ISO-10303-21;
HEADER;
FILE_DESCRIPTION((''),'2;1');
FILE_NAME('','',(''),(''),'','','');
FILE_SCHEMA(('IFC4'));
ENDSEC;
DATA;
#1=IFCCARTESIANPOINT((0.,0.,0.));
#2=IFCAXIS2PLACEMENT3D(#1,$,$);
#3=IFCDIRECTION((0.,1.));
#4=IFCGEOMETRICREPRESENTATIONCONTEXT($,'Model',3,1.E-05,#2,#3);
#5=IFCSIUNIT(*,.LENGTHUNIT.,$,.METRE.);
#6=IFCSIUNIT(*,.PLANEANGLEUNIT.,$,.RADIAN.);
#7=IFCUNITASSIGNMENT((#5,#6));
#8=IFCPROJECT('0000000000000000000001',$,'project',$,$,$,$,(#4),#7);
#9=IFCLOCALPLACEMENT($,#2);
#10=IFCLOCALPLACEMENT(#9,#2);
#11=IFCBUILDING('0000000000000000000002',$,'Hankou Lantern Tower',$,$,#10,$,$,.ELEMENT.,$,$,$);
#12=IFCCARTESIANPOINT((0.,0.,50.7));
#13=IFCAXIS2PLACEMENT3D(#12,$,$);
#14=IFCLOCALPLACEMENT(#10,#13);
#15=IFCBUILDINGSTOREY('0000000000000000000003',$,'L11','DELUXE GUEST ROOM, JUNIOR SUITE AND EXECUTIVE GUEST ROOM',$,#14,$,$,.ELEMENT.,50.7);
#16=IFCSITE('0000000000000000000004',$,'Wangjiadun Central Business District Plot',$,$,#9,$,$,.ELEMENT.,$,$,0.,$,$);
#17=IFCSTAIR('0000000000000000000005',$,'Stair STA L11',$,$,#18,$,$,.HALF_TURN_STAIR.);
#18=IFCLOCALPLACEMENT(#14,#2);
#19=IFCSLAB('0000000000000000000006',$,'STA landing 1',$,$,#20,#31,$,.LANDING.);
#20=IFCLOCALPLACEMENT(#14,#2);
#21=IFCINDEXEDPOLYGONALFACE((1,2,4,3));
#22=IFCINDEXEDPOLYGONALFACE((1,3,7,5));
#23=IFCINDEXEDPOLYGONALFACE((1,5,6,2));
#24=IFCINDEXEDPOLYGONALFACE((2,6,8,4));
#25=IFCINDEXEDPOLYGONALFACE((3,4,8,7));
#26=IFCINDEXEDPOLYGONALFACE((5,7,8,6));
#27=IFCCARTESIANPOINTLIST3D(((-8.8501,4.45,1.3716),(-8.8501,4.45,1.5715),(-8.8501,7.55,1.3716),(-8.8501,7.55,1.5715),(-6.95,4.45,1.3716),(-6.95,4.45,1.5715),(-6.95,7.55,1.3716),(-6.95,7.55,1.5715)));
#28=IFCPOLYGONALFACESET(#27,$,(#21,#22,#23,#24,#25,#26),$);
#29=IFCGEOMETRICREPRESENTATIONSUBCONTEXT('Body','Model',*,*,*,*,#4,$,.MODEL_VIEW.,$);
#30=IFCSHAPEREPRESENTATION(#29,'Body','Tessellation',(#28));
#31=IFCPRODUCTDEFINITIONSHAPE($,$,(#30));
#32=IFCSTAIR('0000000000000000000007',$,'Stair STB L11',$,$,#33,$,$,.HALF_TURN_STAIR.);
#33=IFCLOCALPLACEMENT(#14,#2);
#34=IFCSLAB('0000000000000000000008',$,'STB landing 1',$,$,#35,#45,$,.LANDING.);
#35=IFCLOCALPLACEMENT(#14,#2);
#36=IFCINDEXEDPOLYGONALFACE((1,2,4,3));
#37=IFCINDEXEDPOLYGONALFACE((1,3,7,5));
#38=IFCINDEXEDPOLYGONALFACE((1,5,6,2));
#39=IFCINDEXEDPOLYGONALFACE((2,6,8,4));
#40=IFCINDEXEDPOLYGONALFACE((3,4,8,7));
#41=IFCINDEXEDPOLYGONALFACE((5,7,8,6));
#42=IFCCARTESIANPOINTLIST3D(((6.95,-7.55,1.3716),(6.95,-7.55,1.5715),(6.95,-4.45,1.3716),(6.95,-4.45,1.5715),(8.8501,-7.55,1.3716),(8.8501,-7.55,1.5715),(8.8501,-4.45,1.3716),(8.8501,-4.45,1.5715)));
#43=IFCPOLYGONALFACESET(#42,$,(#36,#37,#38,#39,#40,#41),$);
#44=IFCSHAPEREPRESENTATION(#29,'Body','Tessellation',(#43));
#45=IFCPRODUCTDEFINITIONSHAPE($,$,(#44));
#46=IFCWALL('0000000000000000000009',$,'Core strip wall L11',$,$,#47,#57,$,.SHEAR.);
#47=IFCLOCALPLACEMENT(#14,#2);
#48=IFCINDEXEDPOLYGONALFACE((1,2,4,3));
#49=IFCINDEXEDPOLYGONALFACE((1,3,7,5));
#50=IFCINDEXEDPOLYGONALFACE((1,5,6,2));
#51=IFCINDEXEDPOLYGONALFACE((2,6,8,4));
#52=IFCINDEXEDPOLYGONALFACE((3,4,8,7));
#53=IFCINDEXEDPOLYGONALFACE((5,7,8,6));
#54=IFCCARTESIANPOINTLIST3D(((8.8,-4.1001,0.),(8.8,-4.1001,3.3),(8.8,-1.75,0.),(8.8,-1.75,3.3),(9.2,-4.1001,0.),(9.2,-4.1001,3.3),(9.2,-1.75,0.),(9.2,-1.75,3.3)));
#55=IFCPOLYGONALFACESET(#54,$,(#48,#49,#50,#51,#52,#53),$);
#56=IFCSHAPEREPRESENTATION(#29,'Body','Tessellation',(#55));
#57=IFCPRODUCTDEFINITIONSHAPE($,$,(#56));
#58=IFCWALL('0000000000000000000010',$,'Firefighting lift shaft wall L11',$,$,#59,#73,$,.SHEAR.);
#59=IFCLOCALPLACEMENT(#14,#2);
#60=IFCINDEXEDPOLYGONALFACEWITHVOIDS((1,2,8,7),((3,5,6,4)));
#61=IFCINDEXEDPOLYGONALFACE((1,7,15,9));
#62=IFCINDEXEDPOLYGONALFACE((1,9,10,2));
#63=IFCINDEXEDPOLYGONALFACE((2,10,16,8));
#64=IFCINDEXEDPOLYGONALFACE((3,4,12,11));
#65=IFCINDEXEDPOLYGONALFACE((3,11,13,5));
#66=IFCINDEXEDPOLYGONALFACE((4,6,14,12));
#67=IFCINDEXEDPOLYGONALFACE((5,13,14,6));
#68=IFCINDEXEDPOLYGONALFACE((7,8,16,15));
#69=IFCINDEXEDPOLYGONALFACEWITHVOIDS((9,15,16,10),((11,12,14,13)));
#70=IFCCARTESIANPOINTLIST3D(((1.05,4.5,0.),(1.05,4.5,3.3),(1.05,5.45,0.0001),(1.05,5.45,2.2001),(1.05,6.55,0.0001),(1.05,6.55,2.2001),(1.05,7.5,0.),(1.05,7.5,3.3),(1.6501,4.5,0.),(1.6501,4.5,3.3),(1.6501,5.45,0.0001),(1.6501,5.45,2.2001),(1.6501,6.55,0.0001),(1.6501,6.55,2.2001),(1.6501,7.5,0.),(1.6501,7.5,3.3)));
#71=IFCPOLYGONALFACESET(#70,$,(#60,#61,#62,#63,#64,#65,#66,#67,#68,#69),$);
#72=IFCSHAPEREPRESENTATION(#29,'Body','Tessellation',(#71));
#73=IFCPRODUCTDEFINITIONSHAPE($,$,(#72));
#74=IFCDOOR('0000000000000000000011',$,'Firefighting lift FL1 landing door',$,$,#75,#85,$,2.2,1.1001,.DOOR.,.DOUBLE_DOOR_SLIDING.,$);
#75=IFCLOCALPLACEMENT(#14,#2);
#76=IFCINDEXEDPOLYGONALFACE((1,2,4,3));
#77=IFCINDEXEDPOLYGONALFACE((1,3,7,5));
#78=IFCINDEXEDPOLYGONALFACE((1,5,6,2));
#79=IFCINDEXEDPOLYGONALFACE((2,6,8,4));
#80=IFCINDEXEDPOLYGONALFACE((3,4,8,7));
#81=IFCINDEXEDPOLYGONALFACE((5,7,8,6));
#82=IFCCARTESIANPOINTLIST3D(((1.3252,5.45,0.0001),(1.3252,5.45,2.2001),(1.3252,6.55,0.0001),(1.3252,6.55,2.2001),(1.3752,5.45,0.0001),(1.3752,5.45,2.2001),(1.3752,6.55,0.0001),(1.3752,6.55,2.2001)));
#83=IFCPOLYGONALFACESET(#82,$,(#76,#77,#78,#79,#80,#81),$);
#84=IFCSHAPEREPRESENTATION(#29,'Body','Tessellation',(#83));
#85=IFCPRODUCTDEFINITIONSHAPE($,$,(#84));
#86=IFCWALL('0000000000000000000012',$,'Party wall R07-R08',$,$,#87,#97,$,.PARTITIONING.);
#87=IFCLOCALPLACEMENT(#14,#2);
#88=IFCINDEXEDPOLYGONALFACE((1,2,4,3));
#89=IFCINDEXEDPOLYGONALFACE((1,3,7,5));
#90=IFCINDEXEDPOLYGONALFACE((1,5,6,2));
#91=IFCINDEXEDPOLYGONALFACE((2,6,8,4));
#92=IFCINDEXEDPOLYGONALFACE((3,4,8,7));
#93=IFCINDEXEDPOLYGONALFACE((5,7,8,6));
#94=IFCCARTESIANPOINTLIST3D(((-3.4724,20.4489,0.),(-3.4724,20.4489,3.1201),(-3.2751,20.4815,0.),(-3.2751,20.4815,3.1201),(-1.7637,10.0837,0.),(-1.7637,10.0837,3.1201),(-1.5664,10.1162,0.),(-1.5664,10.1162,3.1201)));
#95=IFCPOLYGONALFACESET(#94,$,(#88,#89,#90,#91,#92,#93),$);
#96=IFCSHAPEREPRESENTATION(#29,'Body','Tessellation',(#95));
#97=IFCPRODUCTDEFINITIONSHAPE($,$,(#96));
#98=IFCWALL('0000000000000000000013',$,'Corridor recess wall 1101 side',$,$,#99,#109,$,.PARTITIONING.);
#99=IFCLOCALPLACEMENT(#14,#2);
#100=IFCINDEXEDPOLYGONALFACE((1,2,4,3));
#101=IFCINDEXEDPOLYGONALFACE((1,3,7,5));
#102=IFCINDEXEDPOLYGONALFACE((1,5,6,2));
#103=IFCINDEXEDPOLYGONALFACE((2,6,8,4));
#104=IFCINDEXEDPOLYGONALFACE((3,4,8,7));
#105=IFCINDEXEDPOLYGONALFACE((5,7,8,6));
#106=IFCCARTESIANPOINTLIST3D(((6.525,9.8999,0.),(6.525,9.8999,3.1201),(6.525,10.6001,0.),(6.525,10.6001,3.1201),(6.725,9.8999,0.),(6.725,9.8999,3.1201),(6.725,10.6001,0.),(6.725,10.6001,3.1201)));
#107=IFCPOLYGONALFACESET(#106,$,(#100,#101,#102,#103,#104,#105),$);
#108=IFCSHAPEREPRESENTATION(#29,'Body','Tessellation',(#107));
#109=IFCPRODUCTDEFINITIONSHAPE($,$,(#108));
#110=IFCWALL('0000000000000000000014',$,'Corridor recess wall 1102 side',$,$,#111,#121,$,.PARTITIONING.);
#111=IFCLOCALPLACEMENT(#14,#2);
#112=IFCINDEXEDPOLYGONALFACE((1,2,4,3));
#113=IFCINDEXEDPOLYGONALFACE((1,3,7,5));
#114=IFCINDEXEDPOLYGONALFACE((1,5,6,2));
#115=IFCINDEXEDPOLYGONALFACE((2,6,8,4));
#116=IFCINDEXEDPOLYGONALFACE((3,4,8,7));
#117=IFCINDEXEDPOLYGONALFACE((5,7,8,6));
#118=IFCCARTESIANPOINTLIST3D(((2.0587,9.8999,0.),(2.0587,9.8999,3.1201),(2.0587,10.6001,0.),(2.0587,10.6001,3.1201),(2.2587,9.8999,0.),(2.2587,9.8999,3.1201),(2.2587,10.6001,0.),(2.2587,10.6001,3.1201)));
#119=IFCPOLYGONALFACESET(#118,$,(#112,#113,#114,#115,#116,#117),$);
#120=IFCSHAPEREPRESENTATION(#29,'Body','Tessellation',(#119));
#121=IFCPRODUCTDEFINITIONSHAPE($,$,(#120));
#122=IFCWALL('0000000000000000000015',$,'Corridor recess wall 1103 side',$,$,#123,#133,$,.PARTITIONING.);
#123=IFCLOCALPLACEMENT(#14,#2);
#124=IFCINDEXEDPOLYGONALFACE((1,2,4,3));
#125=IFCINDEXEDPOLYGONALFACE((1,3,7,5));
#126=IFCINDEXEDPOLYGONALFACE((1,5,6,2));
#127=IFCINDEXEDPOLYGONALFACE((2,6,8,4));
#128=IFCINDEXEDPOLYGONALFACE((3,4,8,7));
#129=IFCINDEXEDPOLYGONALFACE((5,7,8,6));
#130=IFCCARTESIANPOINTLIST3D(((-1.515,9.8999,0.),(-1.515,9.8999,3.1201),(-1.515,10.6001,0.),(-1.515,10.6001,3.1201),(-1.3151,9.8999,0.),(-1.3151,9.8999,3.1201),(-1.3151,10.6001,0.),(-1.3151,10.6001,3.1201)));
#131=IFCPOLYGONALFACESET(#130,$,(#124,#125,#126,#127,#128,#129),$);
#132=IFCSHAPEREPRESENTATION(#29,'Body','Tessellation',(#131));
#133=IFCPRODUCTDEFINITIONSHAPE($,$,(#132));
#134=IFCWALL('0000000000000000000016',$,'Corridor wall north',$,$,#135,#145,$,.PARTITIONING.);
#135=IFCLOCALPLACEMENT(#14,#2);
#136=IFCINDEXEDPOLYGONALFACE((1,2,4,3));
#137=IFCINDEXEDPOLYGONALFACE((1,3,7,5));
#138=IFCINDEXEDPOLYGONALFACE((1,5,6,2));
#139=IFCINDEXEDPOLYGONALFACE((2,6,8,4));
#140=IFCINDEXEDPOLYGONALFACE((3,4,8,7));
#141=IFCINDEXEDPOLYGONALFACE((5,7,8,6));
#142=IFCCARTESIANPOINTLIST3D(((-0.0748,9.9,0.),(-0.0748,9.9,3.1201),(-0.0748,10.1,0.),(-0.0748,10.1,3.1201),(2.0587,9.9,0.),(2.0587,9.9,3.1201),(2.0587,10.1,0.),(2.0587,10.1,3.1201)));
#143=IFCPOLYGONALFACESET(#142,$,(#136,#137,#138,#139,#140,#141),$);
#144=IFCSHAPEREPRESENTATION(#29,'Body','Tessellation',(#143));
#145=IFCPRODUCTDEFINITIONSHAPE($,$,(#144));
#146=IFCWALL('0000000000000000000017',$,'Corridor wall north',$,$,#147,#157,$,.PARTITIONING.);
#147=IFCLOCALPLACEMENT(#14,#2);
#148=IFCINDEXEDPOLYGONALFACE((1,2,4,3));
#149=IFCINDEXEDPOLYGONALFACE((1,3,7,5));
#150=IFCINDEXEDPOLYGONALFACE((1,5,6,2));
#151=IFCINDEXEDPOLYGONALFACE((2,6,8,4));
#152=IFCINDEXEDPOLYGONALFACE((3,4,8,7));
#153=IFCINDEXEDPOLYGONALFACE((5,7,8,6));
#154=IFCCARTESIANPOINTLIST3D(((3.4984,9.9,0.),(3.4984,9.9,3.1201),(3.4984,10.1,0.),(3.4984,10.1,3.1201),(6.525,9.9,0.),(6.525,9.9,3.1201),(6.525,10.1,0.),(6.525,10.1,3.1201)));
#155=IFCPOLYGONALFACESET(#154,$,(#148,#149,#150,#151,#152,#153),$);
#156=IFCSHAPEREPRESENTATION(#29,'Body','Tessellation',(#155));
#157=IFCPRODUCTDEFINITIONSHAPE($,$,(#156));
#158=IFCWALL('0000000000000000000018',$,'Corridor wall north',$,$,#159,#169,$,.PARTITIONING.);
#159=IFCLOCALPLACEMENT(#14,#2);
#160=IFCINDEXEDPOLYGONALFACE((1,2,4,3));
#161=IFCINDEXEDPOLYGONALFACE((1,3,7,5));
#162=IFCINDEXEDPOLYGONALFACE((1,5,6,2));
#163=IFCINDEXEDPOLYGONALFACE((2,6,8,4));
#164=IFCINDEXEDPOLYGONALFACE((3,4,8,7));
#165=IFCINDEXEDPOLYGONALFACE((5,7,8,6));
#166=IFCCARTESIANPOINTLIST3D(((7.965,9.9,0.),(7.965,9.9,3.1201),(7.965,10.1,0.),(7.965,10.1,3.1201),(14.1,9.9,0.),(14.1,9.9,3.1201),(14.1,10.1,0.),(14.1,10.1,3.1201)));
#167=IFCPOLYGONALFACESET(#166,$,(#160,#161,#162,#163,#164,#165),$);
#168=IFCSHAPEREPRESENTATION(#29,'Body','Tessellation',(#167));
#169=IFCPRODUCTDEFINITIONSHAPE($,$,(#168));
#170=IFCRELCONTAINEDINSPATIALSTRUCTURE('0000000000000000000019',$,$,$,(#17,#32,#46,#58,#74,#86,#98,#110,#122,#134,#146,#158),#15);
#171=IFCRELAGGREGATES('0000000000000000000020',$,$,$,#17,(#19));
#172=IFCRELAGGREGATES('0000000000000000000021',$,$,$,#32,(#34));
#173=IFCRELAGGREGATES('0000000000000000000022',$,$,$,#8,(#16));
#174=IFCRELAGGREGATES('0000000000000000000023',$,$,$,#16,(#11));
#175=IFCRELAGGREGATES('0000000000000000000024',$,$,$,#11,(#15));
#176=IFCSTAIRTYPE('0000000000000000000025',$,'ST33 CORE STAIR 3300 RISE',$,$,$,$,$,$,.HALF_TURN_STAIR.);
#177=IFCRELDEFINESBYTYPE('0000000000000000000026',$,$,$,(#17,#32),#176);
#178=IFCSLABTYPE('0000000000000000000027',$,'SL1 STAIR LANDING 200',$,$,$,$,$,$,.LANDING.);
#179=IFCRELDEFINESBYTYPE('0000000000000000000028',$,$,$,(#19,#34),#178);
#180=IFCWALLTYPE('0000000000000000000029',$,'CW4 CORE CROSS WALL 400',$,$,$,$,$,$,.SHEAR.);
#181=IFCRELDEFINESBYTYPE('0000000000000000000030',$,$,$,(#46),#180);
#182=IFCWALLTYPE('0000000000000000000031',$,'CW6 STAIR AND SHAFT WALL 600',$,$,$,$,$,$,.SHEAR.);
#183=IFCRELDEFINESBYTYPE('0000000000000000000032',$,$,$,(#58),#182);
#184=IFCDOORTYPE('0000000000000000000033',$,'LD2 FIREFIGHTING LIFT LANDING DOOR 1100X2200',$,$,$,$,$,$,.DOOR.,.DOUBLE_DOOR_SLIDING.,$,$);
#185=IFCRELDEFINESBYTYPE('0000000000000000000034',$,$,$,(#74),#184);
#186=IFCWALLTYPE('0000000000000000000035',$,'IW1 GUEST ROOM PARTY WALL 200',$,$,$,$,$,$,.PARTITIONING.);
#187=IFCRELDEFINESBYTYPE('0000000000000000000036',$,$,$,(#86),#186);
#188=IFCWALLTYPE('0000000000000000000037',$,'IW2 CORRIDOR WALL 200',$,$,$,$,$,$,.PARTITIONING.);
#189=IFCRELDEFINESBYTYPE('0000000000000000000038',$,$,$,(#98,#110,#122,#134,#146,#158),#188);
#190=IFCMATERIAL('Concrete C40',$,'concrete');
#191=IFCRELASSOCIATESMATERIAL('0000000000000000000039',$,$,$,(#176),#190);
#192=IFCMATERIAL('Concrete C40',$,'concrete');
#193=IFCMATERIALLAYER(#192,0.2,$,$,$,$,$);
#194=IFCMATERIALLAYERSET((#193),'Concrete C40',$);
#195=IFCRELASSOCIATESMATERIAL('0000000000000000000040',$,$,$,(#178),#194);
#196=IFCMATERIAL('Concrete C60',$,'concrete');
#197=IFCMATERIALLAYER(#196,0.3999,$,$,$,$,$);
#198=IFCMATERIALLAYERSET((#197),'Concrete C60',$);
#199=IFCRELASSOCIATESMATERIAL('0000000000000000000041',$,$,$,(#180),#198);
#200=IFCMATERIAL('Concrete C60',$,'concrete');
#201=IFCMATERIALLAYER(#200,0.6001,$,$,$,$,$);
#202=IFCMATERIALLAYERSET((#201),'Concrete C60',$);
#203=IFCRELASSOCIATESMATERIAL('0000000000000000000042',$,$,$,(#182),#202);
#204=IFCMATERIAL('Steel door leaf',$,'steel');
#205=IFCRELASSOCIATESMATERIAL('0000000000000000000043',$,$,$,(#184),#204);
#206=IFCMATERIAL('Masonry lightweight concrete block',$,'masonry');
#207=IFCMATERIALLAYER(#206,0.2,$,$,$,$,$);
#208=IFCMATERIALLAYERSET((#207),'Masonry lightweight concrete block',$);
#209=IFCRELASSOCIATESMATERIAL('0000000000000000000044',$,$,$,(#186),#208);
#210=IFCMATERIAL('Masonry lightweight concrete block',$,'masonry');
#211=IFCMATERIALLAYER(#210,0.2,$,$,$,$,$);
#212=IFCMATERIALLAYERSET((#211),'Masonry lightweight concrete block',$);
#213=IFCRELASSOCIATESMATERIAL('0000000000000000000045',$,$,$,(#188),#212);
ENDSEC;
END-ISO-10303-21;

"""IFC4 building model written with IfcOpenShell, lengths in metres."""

from ifc_helpers import new_model, si_unit, direction, frame, frame_2d, origin, place, context, subcontext, project, spatial, polyline, rectangle, outline, extrude, material, layer, layer_set, type_object, element, fill, aggregate, save


model = new_model("IFC4")

# Units and contexts
model_context = context("Model", 3, precision=1e-05, world=origin(), true_north=direction((0.0, 1.0)))
body_context = subcontext(model_context, "Body", "Model", "MODEL_VIEW")
ifc_project = project(units=[si_unit("LENGTHUNIT", "METRE"), si_unit("PLANEANGLEUNIT", "RADIAN")], contexts=[model_context])

# Site, building, storey
site_placement = place(None, origin())
site = spatial("IfcSite", under=ifc_project, at=site_placement, Name="Wangjiadun Central Business District Plot", CompositionType="ELEMENT", RefElevation=0.0)
building_placement = place(site_placement, origin())
building = spatial("IfcBuilding", under=site, at=building_placement, Name="Hankou Lantern Tower", CompositionType="ELEMENT")
storey_placement = place(building_placement, frame((0.0, 0.0, 50.7)))
storey = spatial("IfcBuildingStorey", under=building, at=storey_placement, Name="L11", Description="DELUXE GUEST ROOM, JUNIOR SUITE AND EXECUTIVE GUEST ROOM", CompositionType="ELEMENT", Elevation=50.7)

# Stairs, slabs
ifc_material_1 = material(Name="Concrete C40", Category="concrete")
stair_type = type_object("IfcStairType", Name="ST33 CORE STAIR 3300 RISE", PredefinedType="HALF_TURN_STAIR", material=ifc_material_1)
stair_1_placement = place(storey_placement, origin())
stair_1 = element("IfcStair", 1, at=stair_1_placement, inside=storey, type_object=stair_type, Name="Stair STA L11", PredefinedType="HALF_TURN_STAIR")
ifc_material_2 = material(Name="Concrete C40", Category="concrete")
ifc_layer_1 = layer(ifc_material_2, 0.2)
ifc_layer_set_1 = layer_set([ifc_layer_1], Name="Concrete C40")
slab_type_1 = type_object("IfcSlabType", Name="SL1 STAIR LANDING 200", PredefinedType="LANDING", material=ifc_layer_set_1)
slab_1_placement = place(storey_placement, frame((0.0, 0.0, 1.3716)))
slab_1 = element("IfcSlab", 2, at=slab_1_placement, type_object=slab_type_1, Name="STA landing 1", PredefinedType="LANDING", context=body_context, shape_type="SweptSolid", body=[
    extrude(outline(polyline([(-8.8501, 4.45), (-6.95, 4.45), (-6.95, 7.55), (-8.8501, 7.55), (-8.8501, 4.45)])), origin(), (0.0, 0.0, 1.0), 0.2),
])
aggregate(stair_1, [slab_1])
stair_2_placement = place(storey_placement, origin())
stair_2 = element("IfcStair", 3, at=stair_2_placement, inside=storey, type_object=stair_type, Name="Stair STB L11", PredefinedType="HALF_TURN_STAIR")
slab_2_placement = place(storey_placement, frame((0.0, 0.0, 1.3716)))
slab_2 = element("IfcSlab", 4, at=slab_2_placement, type_object=slab_type_1, Name="STB landing 1", PredefinedType="LANDING", context=body_context, shape_type="SweptSolid", body=[
    extrude(outline(polyline([(8.8501, -4.45), (6.95, -4.45), (6.95, -7.55), (8.8501, -7.55), (8.8501, -4.45)])), origin(), (0.0, 0.0, 1.0), 0.2),
])
aggregate(stair_2, [slab_2])

# Wall
ifc_material_3 = material(Name="Concrete C60", Category="concrete")
ifc_layer_2 = layer(ifc_material_3, 0.3999)
ifc_layer_set_2 = layer_set([ifc_layer_2], Name="Concrete C60")
wall_type_1 = type_object("IfcWallType", Name="CW4 CORE CROSS WALL 400", PredefinedType="SHEAR", material=ifc_layer_set_2)
wall_1_placement = place(storey_placement, frame((9.0, -4.1001, 0.0), z_axis=(0.0, 0.0, 1.0), x_axis=(0.0, 1.0, 0.0)))
element("IfcWall", 5, at=wall_1_placement, inside=storey, type_object=wall_type_1, Name="Core strip wall L11", PredefinedType="SHEAR", context=body_context, shape_type="SweptSolid", body=[
    extrude(rectangle(XDim=2.3501, YDim=0.3999, at=frame_2d((1.175, 0.0))), origin(), (0.0, 0.0, 1.0), 3.3),
])

# Wall, opening, door
ifc_material_4 = material(Name="Concrete C60", Category="concrete")
ifc_layer_3 = layer(ifc_material_4, 0.6001)
ifc_layer_set_3 = layer_set([ifc_layer_3], Name="Concrete C60")
wall_type_2 = type_object("IfcWallType", Name="CW6 STAIR AND SHAFT WALL 600", PredefinedType="SHEAR", material=ifc_layer_set_3)
wall_2_placement = place(storey_placement, frame((1.3501, 4.5, 0.0), z_axis=(0.0, 0.0, 1.0), x_axis=(0.0, 1.0, 0.0)))
wall_2 = element("IfcWall", 6, at=wall_2_placement, inside=storey, type_object=wall_type_2, Name="Firefighting lift shaft wall L11", PredefinedType="SHEAR", context=body_context, shape_type="SweptSolid", body=[
    extrude(rectangle(XDim=3.0, YDim=0.6001, at=frame_2d((1.5, 0.0))), origin(), (0.0, 0.0, 1.0), 3.3),
])
opening_1_placement = place(wall_2_placement, frame((0.95, 0.0, 0.0)))
opening_1 = element("IfcOpeningElement", 7, at=opening_1_placement, cuts=wall_2, PredefinedType="OPENING", context=body_context, shape_type="SweptSolid", body=[
    extrude(rectangle(XDim=1.1001, YDim=2.2, at=frame_2d((0.55, 1.1001))), frame((0.0, 0.3101, 0.0), z_axis=(0.0, -1.0, 0.0), x_axis=(1.0, 0.0, 0.0)), (0.0, 0.0, 1.0), 0.6201),
])
ifc_material_5 = material(Name="Steel door leaf", Category="steel")
door_type_1 = type_object("IfcDoorType", Name="LD2 FIREFIGHTING LIFT LANDING DOOR 1100X2200", OperationType="DOUBLE_DOOR_SLIDING", PredefinedType="DOOR", material=ifc_material_5)
door_1_placement = place(opening_1_placement, origin())
door_1 = element("IfcDoor", 8, at=door_1_placement, inside=storey, type_object=door_type_1, Name="Firefighting lift FL1 landing door", OperationType="DOUBLE_DOOR_SLIDING", OverallHeight=2.2, OverallWidth=1.1001, PredefinedType="DOOR", context=body_context, shape_type="SweptSolid", body=[
    extrude(rectangle(XDim=1.1001, YDim=2.2, at=frame_2d((0.55, 1.1001))), frame((0.0, 0.0249, 0.0), z_axis=(0.0, -1.0, 0.0), x_axis=(1.0, 0.0, 0.0)), (0.0, 0.0, 1.0), 0.05),
])
fill(opening_1, door_1)

# Walls
ifc_material_6 = material(Name="Masonry lightweight concrete block", Category="masonry")
ifc_layer_4 = layer(ifc_material_6, 0.2)
ifc_layer_set_4 = layer_set([ifc_layer_4], Name="Masonry lightweight concrete block")
wall_type_3 = type_object("IfcWallType", Name="IW1 GUEST ROOM PARTY WALL 200", PredefinedType="PARTITIONING", material=ifc_layer_set_4)
wall_3_placement = place(storey_placement, frame((-1.665, 10.1001, 0.0), z_axis=(0.0, 0.0, 1.0), x_axis=(-0.162658, 0.986683, 0.0)))
element("IfcWall", 9, at=wall_3_placement, inside=storey, type_object=wall_type_3, Name="Party wall R07-R08", PredefinedType="PARTITIONING", context=body_context, shape_type="SweptSolid", body=[
    extrude(rectangle(XDim=10.5051, YDim=0.2, at=frame_2d((5.2524, 0.0))), origin(), (0.0, 0.0, 1.0), 3.1201),
])
ifc_material_7 = material(Name="Masonry lightweight concrete block", Category="masonry")
ifc_layer_5 = layer(ifc_material_7, 0.2)
ifc_layer_set_5 = layer_set([ifc_layer_5], Name="Masonry lightweight concrete block")
wall_type_4 = type_object("IfcWallType", Name="IW2 CORRIDOR WALL 200", PredefinedType="PARTITIONING", material=ifc_layer_set_5)
for number, where, z_axis, x_axis, name in (
    (10, (6.625, 9.8999, 0.0), (0.0, 0.0, 1.0), (0.0, 1.0, 0.0), "Corridor recess wall 1101 side"),
    (11, (2.1587, 9.8999, 0.0), (0.0, 0.0, 1.0), (0.0, 1.0, 0.0), "Corridor recess wall 1102 side"),
    (12, (-1.415, 9.8999, 0.0), (0.0, 0.0, 1.0), (0.0, 1.0, 0.0), "Corridor recess wall 1103 side"),
):
    element("IfcWall", number, at=place(storey_placement, frame(where, z_axis=z_axis, x_axis=x_axis)), inside=storey, type_object=wall_type_4, Name=name, PredefinedType="PARTITIONING", context=body_context, shape_type="SweptSolid", body=[
        extrude(rectangle(XDim=0.7002, YDim=0.2, at=frame_2d((0.3501, 0.0))), origin(), (0.0, 0.0, 1.0), 3.1201),
    ])
wall_4_placement = place(storey_placement, frame((-0.075, 10.0, 0.0), z_axis=(0.0, 0.0, 1.0), x_axis=(1.0, 0.0, 0.0)))
element("IfcWall", 13, at=wall_4_placement, inside=storey, type_object=wall_type_4, Name="Corridor wall north", PredefinedType="PARTITIONING", context=body_context, shape_type="SweptSolid", body=[
    extrude(rectangle(XDim=2.1335, YDim=0.2, at=frame_2d((1.0669, 0.0))), origin(), (0.0, 0.0, 1.0), 3.1201),
])
wall_5_placement = place(storey_placement, frame((3.4985, 10.0, 0.0), z_axis=(0.0, 0.0, 1.0), x_axis=(1.0, 0.0, 0.0)))
element("IfcWall", 14, at=wall_5_placement, inside=storey, type_object=wall_type_4, Name="Corridor wall north", PredefinedType="PARTITIONING", context=body_context, shape_type="SweptSolid", body=[
    extrude(rectangle(XDim=3.0266, YDim=0.2, at=frame_2d((1.5132, 0.0))), origin(), (0.0, 0.0, 1.0), 3.1201),
])
wall_6_placement = place(storey_placement, frame((7.9651, 10.0, 0.0), z_axis=(0.0, 0.0, 1.0), x_axis=(1.0, 0.0, 0.0)))
element("IfcWall", 15, at=wall_6_placement, inside=storey, type_object=wall_type_4, Name="Corridor wall north", PredefinedType="PARTITIONING", context=body_context, shape_type="SweptSolid", body=[
    extrude(rectangle(XDim=6.135, YDim=0.2, at=frame_2d((3.0674, 0.0))), origin(), (0.0, 0.0, 1.0), 3.1201),
])

save(model, "model.ifc")
